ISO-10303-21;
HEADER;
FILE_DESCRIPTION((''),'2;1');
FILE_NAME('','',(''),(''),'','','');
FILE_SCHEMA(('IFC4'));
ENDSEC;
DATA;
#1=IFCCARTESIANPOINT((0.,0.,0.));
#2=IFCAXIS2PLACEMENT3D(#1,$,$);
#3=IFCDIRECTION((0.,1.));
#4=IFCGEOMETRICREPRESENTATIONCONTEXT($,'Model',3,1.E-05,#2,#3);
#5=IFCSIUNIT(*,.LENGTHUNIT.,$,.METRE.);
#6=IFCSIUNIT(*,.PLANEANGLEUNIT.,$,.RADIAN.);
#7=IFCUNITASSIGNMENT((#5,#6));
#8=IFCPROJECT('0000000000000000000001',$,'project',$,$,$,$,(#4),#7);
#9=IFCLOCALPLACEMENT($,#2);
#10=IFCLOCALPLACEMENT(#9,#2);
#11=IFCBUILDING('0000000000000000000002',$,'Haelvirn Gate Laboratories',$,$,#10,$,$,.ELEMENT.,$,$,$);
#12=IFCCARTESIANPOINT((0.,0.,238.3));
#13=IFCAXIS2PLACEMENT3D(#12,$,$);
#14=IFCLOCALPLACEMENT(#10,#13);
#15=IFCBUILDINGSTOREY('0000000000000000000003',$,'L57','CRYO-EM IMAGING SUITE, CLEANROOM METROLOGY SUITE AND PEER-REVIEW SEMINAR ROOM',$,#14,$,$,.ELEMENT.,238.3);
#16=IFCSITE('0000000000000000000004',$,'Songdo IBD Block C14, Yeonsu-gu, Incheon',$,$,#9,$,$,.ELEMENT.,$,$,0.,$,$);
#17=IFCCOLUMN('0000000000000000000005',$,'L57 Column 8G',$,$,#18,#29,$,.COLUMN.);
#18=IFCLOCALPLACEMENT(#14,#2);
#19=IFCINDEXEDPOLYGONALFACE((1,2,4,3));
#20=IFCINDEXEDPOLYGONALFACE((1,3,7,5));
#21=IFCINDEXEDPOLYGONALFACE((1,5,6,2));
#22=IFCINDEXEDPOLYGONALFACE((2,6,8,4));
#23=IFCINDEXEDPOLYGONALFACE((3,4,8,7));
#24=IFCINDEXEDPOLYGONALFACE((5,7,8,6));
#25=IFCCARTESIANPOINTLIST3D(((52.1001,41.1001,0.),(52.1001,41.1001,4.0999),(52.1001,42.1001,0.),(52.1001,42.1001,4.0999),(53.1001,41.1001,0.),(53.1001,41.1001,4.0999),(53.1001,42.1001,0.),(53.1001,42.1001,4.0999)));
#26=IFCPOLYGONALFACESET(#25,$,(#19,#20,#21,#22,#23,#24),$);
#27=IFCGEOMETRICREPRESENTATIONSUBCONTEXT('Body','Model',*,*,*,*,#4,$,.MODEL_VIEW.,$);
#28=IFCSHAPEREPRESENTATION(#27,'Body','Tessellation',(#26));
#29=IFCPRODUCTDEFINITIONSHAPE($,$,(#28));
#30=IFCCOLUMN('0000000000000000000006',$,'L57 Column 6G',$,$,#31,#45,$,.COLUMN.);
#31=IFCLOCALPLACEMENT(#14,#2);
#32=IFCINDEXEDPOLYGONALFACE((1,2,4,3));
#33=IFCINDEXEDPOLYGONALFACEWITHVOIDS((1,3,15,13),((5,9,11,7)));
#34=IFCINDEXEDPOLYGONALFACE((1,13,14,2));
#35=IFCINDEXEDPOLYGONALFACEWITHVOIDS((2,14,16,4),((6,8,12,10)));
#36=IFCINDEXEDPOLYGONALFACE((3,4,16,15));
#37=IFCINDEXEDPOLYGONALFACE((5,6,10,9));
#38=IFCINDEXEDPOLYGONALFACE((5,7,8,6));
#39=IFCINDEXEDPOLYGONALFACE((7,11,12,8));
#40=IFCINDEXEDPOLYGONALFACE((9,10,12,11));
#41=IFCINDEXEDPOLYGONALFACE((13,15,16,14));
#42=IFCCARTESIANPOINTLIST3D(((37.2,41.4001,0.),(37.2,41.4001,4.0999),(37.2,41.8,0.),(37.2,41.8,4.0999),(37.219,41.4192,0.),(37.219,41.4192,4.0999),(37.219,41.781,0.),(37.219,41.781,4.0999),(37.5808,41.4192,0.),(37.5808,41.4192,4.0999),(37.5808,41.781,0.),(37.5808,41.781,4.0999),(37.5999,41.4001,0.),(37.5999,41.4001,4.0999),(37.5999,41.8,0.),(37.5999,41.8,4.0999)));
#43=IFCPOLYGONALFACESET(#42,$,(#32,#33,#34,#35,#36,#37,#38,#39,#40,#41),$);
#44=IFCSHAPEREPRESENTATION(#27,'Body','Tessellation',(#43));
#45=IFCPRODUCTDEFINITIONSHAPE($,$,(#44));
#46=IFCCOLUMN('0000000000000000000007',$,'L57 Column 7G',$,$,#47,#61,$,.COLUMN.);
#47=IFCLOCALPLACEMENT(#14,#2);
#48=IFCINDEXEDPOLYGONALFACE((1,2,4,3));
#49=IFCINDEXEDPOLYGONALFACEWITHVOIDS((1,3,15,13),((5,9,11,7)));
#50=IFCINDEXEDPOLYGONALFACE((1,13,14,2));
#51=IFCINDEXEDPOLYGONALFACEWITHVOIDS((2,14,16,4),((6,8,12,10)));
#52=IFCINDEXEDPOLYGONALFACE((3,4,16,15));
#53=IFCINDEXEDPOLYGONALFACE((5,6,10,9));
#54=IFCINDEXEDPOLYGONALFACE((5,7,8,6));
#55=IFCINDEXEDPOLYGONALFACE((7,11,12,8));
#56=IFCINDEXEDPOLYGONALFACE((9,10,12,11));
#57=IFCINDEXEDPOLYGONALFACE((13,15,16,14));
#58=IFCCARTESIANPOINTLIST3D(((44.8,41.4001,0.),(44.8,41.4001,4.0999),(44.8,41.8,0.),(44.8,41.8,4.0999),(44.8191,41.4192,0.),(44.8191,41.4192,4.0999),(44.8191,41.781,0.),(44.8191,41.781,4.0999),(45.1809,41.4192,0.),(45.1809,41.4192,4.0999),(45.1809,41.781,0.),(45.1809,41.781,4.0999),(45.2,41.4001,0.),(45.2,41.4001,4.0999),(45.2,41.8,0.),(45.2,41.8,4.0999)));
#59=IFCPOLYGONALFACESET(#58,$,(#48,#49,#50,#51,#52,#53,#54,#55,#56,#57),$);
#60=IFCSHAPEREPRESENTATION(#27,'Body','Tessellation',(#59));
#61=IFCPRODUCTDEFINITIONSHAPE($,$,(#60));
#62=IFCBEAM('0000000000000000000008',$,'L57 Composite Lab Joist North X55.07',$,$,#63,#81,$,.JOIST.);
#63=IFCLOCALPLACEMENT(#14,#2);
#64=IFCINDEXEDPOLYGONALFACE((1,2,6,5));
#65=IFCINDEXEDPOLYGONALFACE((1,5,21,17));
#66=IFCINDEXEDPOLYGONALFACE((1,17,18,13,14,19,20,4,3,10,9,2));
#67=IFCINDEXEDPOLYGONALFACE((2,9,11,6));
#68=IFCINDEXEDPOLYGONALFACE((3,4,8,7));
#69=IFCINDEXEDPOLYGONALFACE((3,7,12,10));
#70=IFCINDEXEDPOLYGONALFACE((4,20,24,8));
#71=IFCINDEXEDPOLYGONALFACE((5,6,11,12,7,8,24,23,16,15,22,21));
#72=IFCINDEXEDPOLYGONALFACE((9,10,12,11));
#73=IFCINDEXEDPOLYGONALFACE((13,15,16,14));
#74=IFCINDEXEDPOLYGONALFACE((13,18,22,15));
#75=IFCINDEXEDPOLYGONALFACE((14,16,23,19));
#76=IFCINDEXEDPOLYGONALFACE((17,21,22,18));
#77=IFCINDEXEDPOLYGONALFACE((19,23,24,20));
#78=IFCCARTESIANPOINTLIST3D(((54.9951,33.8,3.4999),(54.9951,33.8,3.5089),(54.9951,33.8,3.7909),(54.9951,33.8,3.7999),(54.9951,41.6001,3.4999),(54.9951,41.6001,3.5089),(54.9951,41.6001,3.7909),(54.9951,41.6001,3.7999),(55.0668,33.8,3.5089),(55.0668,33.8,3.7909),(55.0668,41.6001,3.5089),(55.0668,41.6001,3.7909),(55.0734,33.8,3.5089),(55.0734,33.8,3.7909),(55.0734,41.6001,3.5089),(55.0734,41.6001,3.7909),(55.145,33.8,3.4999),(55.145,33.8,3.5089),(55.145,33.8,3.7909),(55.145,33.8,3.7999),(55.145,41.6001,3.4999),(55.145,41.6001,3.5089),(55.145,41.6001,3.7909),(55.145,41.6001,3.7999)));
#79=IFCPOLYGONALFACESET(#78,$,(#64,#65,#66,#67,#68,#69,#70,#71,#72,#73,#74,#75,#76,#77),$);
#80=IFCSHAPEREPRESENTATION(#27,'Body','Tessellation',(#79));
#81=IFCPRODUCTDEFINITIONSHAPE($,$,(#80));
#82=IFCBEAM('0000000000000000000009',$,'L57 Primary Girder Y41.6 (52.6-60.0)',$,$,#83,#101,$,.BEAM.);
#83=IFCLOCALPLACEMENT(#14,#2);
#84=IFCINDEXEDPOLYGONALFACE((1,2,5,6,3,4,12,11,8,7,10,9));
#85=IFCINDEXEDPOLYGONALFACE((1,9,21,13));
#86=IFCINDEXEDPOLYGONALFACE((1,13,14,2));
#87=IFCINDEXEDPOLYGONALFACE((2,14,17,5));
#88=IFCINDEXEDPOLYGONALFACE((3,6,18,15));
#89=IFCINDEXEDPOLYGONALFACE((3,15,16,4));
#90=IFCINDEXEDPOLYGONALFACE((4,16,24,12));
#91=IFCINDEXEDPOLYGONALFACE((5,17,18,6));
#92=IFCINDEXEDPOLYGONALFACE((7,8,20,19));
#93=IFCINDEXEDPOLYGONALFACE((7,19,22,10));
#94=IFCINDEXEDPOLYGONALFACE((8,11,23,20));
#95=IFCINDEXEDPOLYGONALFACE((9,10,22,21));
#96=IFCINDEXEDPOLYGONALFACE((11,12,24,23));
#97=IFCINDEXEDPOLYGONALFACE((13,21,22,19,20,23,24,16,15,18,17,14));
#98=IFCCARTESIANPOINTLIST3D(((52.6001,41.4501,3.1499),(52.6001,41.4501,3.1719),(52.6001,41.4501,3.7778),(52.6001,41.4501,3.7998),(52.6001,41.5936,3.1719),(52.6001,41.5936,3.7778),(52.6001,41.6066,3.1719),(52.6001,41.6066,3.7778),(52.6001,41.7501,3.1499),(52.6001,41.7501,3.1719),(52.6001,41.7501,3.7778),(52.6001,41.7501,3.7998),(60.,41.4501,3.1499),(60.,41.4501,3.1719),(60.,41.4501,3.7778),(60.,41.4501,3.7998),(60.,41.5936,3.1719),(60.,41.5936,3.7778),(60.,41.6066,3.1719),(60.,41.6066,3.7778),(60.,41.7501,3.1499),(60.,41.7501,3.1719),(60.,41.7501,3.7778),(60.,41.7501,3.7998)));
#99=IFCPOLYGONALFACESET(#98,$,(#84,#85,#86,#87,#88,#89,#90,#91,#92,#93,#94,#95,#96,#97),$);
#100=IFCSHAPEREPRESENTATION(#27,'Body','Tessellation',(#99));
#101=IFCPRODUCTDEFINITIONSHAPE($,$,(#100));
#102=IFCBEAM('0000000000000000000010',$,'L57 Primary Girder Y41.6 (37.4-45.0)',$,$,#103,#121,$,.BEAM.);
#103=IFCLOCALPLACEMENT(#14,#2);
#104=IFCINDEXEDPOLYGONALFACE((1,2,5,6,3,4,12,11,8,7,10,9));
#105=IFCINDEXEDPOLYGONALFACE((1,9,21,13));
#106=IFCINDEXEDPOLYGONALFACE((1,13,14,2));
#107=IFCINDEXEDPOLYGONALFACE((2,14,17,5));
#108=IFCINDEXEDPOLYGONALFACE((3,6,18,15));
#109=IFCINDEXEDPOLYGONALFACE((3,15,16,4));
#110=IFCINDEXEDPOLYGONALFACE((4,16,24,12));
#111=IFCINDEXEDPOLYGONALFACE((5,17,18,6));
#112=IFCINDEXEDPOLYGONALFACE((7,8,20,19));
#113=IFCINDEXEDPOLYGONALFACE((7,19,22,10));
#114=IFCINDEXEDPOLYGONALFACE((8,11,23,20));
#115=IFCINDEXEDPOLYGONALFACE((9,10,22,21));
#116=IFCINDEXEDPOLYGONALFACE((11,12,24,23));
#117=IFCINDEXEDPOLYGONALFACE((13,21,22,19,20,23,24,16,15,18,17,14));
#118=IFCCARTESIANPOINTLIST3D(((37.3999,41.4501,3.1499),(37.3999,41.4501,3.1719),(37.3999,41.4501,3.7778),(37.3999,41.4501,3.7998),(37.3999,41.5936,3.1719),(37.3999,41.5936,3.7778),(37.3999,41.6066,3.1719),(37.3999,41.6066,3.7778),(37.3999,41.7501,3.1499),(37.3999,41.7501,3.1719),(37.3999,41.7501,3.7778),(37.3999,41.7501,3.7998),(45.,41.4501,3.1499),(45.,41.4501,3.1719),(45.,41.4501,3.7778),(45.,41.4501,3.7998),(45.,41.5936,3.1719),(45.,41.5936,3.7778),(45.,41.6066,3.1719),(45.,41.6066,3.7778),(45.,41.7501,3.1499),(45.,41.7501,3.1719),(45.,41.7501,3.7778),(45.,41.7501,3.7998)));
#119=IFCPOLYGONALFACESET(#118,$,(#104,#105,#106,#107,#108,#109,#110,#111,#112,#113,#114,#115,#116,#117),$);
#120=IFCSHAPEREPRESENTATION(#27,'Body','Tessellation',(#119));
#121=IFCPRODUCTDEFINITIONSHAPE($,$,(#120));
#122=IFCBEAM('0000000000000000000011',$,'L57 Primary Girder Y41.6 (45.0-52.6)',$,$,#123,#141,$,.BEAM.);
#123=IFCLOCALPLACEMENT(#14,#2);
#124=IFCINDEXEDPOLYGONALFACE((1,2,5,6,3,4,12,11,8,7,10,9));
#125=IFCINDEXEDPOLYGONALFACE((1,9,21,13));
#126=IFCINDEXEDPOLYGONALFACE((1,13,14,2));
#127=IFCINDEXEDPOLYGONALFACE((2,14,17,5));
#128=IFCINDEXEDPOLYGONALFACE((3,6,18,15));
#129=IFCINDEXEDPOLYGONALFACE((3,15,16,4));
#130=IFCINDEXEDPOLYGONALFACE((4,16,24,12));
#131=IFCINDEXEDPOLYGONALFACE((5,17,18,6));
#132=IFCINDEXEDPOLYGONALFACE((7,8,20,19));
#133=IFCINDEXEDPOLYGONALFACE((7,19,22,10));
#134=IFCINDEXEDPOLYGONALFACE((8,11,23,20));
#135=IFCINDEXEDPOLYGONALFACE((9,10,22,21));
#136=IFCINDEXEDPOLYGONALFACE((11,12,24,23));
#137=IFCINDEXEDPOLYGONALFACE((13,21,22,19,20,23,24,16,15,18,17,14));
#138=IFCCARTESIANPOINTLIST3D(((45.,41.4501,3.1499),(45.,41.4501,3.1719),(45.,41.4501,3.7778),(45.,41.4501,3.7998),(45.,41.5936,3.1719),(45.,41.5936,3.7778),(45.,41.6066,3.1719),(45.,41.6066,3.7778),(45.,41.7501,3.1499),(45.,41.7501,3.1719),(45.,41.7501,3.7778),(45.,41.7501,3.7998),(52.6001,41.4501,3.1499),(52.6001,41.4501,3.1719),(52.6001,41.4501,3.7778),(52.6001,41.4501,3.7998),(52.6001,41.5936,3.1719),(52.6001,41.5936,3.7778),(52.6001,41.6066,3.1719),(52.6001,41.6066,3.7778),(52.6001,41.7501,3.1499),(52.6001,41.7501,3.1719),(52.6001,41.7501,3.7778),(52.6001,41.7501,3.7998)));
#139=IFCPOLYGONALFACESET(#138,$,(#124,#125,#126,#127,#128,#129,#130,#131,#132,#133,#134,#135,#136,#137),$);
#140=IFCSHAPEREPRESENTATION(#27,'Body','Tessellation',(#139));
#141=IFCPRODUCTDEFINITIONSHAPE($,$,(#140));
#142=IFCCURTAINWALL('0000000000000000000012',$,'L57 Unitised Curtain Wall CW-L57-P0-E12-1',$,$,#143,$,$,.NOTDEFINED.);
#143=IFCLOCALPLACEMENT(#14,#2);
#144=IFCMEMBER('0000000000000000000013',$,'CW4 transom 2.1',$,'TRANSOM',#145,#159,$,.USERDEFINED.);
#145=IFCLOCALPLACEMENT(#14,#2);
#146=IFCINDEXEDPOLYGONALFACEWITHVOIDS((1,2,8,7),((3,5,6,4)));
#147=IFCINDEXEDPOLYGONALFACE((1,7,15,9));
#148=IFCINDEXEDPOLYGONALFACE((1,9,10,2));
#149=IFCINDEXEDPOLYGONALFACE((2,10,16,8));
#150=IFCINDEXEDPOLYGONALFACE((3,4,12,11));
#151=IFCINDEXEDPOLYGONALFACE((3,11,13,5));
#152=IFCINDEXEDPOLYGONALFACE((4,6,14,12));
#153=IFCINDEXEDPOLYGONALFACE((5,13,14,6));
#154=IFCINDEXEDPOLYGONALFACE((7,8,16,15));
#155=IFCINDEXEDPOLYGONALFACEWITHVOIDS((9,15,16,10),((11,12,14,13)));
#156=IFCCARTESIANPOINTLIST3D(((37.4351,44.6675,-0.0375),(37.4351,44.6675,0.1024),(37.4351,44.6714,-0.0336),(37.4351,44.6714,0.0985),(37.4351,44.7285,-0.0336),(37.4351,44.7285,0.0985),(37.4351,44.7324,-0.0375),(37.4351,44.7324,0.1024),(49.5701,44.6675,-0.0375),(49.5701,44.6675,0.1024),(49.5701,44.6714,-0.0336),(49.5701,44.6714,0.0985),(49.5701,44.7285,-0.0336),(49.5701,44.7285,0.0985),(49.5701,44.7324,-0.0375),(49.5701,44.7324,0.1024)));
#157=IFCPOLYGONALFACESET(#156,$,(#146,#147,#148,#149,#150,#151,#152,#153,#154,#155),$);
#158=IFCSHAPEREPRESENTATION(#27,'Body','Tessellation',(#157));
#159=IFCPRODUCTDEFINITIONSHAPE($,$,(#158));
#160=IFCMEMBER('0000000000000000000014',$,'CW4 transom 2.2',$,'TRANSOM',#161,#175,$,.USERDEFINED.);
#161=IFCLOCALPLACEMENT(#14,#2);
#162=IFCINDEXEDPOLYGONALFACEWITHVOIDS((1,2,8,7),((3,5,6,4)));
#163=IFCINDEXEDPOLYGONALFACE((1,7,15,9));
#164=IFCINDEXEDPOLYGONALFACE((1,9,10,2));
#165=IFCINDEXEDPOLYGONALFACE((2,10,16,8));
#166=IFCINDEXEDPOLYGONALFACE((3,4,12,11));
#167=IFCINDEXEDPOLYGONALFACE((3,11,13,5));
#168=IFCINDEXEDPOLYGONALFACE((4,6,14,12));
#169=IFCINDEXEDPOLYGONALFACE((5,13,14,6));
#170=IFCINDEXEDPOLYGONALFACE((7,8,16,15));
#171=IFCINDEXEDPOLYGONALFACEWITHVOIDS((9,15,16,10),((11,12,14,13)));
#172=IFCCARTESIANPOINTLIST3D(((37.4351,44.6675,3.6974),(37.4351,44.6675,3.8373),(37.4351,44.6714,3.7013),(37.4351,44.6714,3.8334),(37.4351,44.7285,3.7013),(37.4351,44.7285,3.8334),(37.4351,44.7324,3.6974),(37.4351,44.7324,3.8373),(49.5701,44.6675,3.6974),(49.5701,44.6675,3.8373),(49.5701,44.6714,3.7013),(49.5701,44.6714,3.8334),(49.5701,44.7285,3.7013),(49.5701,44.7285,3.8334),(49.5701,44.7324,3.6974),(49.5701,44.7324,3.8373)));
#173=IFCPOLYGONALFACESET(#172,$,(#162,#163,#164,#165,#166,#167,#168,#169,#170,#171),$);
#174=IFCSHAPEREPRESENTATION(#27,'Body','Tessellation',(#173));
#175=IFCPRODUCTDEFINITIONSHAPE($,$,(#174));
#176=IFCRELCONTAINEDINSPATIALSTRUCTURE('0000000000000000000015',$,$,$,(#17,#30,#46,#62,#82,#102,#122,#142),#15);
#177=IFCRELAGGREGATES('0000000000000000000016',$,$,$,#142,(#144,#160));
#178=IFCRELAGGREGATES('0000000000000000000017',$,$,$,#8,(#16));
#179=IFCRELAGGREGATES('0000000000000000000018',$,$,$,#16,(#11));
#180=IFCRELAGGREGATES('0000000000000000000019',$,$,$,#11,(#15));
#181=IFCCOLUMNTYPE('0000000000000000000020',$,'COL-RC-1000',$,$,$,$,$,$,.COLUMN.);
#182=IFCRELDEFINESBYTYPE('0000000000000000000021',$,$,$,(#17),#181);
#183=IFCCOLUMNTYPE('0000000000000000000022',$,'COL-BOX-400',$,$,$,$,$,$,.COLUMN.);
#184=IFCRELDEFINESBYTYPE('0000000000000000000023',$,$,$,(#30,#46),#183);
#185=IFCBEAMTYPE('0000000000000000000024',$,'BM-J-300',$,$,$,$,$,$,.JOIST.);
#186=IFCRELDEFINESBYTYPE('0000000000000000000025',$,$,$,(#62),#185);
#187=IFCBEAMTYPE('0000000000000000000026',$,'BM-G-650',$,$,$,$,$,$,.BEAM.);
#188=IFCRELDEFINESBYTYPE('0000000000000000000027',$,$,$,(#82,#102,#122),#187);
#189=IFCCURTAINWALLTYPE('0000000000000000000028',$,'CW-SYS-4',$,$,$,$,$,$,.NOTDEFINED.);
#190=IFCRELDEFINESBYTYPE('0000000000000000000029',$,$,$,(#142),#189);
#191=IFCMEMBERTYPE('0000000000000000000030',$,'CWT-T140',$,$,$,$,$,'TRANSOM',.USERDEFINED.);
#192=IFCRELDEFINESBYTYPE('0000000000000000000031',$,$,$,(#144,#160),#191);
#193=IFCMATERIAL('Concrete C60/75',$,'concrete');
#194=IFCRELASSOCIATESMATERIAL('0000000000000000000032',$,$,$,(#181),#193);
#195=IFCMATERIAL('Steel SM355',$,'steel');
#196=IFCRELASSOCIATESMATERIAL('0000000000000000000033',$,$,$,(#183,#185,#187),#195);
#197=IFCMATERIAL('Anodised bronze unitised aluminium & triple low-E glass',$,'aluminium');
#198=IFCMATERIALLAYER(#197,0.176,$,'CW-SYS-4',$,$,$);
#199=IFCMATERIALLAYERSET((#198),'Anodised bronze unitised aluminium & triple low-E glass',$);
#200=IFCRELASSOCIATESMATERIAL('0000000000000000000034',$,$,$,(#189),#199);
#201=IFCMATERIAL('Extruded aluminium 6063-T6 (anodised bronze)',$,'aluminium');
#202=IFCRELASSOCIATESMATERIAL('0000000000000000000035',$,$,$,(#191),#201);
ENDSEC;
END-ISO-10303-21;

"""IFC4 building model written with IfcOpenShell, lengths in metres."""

from ifc_helpers import new_model, si_unit, direction, frame, origin, origin_2d, place, context, subcontext, project, spatial, rectangle, hollow_rectangle, i_section, extrude, source, transform, mapped, material, layer, layer_set, material_profile, profile_set, type_object, type_shapes, element, aggregate, save


model = new_model("IFC4")

# Units and contexts
model_context = context("Model", 3, precision=1e-05, world=origin(), true_north=direction((0.0, 1.0)))
body_context = subcontext(model_context, "Body", "Model", "MODEL_VIEW")
ifc_project = project(units=[si_unit("LENGTHUNIT", "METRE"), si_unit("PLANEANGLEUNIT", "RADIAN")], contexts=[model_context])

# Site, building, storey
site_placement = place(None, origin())
site = spatial("IfcSite", under=ifc_project, at=site_placement, Name="Songdo IBD Block C14, Yeonsu-gu, Incheon", CompositionType="ELEMENT", RefElevation=0.0)
building_placement = place(site_placement, origin())
building = spatial("IfcBuilding", under=site, at=building_placement, Name="Haelvirn Gate Laboratories", CompositionType="ELEMENT")
storey_placement = place(building_placement, frame((0.0, 0.0, 238.3)))
storey = spatial("IfcBuildingStorey", under=building, at=storey_placement, Name="L57", Description="CRYO-EM IMAGING SUITE, CLEANROOM METROLOGY SUITE AND PEER-REVIEW SEMINAR ROOM", CompositionType="ELEMENT", Elevation=238.3)

# Columns
ifc_material_1 = material(Name="Concrete C60/75", Category="concrete")
ifc_material_profile_1 = material_profile(ifc_material_1, rectangle(XDim=1.0, YDim=1.0, at=origin_2d()), Name="RC-1000x1000")
ifc_profile_set_1 = profile_set([ifc_material_profile_1], Name="Concrete C60/75")
column_type_1 = type_object("IfcColumnType", Name="COL-RC-1000", PredefinedType="COLUMN", material=ifc_profile_set_1)
shared_shape_1 = source(origin(), body_context, "Body", "SweptSolid", [
    extrude(rectangle(XDim=1.0, YDim=1.0, at=origin_2d()), origin(), (0.0, 0.0, 1.0), 4.0999),
])
type_shapes(column_type_1, [shared_shape_1])
column_placement = place(storey_placement, frame((52.6001, 41.6001, 0.0), z_axis=(0.0, 0.0, 1.0), x_axis=(1.0, 0.0, 0.0)))
element("IfcColumn", 1, at=column_placement, inside=storey, type_object=column_type_1, Name="L57 Column 8G", PredefinedType="COLUMN", context=body_context, shape_type="MappedRepresentation", body=[
    mapped(shared_shape_1, transform((0.0, 0.0, 0.0), scale=1.0)),
])
ifc_material_2 = material(Name="Steel SM355", Category="steel")
ifc_material_profile_2 = material_profile(ifc_material_2, hollow_rectangle(XDim=0.3999, YDim=0.3999, WallThickness=0.019, at=origin_2d()), Name="BOX-400x400x19")
ifc_profile_set_2 = profile_set([ifc_material_profile_2], Name="Steel SM355")
column_type_2 = type_object("IfcColumnType", Name="COL-BOX-400", PredefinedType="COLUMN", material=ifc_profile_set_2)
shared_shape_2 = source(origin(), body_context, "Body", "SweptSolid", [
    extrude(hollow_rectangle(XDim=0.3999, YDim=0.3999, WallThickness=0.019, at=origin_2d()), origin(), (0.0, 0.0, 1.0), 4.0999),
])
type_shapes(column_type_2, [shared_shape_2])
for number, where, z_axis, x_axis, name in (
    (2, (37.3999, 41.6001, 0.0), (0.0, 0.0, 1.0), (1.0, 0.0, 0.0), "L57 Column 6G"),
    (3, (45.0, 41.6001, 0.0), (0.0, 0.0, 1.0), (1.0, 0.0, 0.0), "L57 Column 7G"),
):
    element("IfcColumn", number, at=place(storey_placement, frame(where, z_axis=z_axis, x_axis=x_axis)), inside=storey, type_object=column_type_2, Name=name, PredefinedType="COLUMN", context=body_context, shape_type="MappedRepresentation", body=[
        mapped(shared_shape_2, transform((0.0, 0.0, 0.0), scale=1.0)),
    ])

# Beams
ifc_material_profile_3 = material_profile(ifc_material_2, i_section(OverallWidth=0.1499, OverallDepth=0.3, WebThickness=0.0066, FlangeThickness=0.009, at=origin_2d()), Name="H-300x150x6.5x9")
ifc_profile_set_3 = profile_set([ifc_material_profile_3], Name="Steel SM355")
beam_type_1 = type_object("IfcBeamType", Name="BM-J-300", PredefinedType="JOIST", material=ifc_profile_set_3)
shared_shape_3 = source(origin(), body_context, "Body", "SweptSolid", [
    extrude(i_section(OverallWidth=0.1499, OverallDepth=0.3, WebThickness=0.0066, FlangeThickness=0.009, at=origin_2d()), origin(), (0.0, 0.0, 1.0), 7.8),
])
type_shapes(beam_type_1, [shared_shape_3])
beam_1_placement = place(storey_placement, frame((55.0701, 33.8, 3.6499), z_axis=(0.0, 1.0, 0.0), x_axis=(-1.0, 0.0, 0.0)))
element("IfcBeam", 4, at=beam_1_placement, inside=storey, type_object=beam_type_1, Name="L57 Composite Lab Joist North X55.07", PredefinedType="JOIST", context=body_context, shape_type="MappedRepresentation", body=[
    mapped(shared_shape_3, transform((0.0, 0.0, 0.0), scale=1.0)),
])
ifc_material_profile_4 = material_profile(ifc_material_2, i_section(OverallWidth=0.3, OverallDepth=0.6499, WebThickness=0.0129, FlangeThickness=0.022, at=origin_2d()), Name="H-650x300x13x22")
ifc_profile_set_4 = profile_set([ifc_material_profile_4], Name="Steel SM355")
beam_type_2 = type_object("IfcBeamType", Name="BM-G-650", PredefinedType="BEAM", material=ifc_profile_set_4)
shared_shape_4 = source(origin(), body_context, "Body", "SweptSolid", [
    extrude(i_section(OverallWidth=0.3, OverallDepth=0.6499, WebThickness=0.0129, FlangeThickness=0.022, at=origin_2d()), origin(), (0.0, 0.0, 1.0), 7.3999),
])
beam_2_placement = place(storey_placement, frame((52.6001, 41.6001, 3.4749), z_axis=(1.0, 0.0, 0.0), x_axis=(0.0, 1.0, 0.0)))
element("IfcBeam", 5, at=beam_2_placement, inside=storey, type_object=beam_type_2, Name="L57 Primary Girder Y41.6 (52.6-60.0)", PredefinedType="BEAM", context=body_context, shape_type="MappedRepresentation", body=[
    mapped(shared_shape_4, transform((0.0, 0.0, 0.0), scale=1.0)),
])
shared_shape_5 = source(origin(), body_context, "Body", "SweptSolid", [
    extrude(i_section(OverallWidth=0.3, OverallDepth=0.6499, WebThickness=0.0129, FlangeThickness=0.022, at=origin_2d()), origin(), (0.0, 0.0, 1.0), 7.6001),
])
type_shapes(beam_type_2, [shared_shape_4, shared_shape_5])
for number, where, z_axis, x_axis, name in (
    (6, (37.3999, 41.6001, 3.4749), (1.0, 0.0, 0.0), (0.0, 1.0, 0.0), "L57 Primary Girder Y41.6 (37.4-45.0)"),
    (7, (45.0, 41.6001, 3.4749), (1.0, 0.0, 0.0), (0.0, 1.0, 0.0), "L57 Primary Girder Y41.6 (45.0-52.6)"),
):
    element("IfcBeam", number, at=place(storey_placement, frame(where, z_axis=z_axis, x_axis=x_axis)), inside=storey, type_object=beam_type_2, Name=name, PredefinedType="BEAM", context=body_context, shape_type="MappedRepresentation", body=[
        mapped(shared_shape_5, transform((0.0, 0.0, 0.0), scale=1.0)),
    ])

# Curtain wall, members
ifc_material_3 = material(Name="Anodised bronze unitised aluminium & triple low-E glass", Category="aluminium")
ifc_layer_1 = layer(ifc_material_3, 0.176, Name="CW-SYS-4")
ifc_layer_set_1 = layer_set([ifc_layer_1], Name="Anodised bronze unitised aluminium & triple low-E glass")
curtain_wall_type = type_object("IfcCurtainWallType", Name="CW-SYS-4", PredefinedType="NOTDEFINED", material=ifc_layer_set_1)
curtain_wall_1_placement = place(storey_placement, origin())
curtain_wall_1 = element("IfcCurtainWall", 8, at=curtain_wall_1_placement, inside=storey, type_object=curtain_wall_type, Name="L57 Unitised Curtain Wall CW-L57-P0-E12-1", PredefinedType="NOTDEFINED")
ifc_material_4 = material(Name="Extruded aluminium 6063-T6 (anodised bronze)", Category="aluminium")
ifc_material_profile_5 = material_profile(ifc_material_4, hollow_rectangle(XDim=0.0649, YDim=0.1399, WallThickness=0.0039, at=origin_2d()), Name="CWT-140x65x4")
ifc_profile_set_5 = profile_set([ifc_material_profile_5], Name="Extruded aluminium 6063-T6 (anodised bronze)")
member_type_1 = type_object("IfcMemberType", Name="CWT-T140", ElementType="TRANSOM", PredefinedType="USERDEFINED", material=ifc_profile_set_5)
shared_shape_6 = source(origin(), body_context, "Body", "SweptSolid", [
    extrude(hollow_rectangle(XDim=0.0649, YDim=0.1399, WallThickness=0.0039, at=origin_2d()), origin(), (0.0, 0.0, 1.0), 12.135),
])
member_1_placement = place(storey_placement, frame((37.4351, 44.7, 0.0325), z_axis=(1.0, 0.0, 0.0), x_axis=(0.0, 1.0, 0.0)))
member_1 = element("IfcMember", 9, at=member_1_placement, type_object=member_type_1, Name="CW4 transom 2.1", ObjectType="TRANSOM", PredefinedType="USERDEFINED", context=body_context, shape_type="MappedRepresentation", body=[
    mapped(shared_shape_6, transform((0.0, 0.0, 0.0), scale=1.0)),
])
member_2_placement = place(storey_placement, frame((37.4351, 44.7, 3.7673), z_axis=(1.0, 0.0, 0.0), x_axis=(0.0, 1.0, 0.0)))
member_2 = element("IfcMember", 10, at=member_2_placement, type_object=member_type_1, Name="CW4 transom 2.2", ObjectType="TRANSOM", PredefinedType="USERDEFINED", context=body_context, shape_type="MappedRepresentation", body=[
    mapped(shared_shape_6, transform((0.0, 0.0, 0.0), scale=1.0)),
])

aggregate(curtain_wall_1, [member_1, member_2])

save(model, "model.ifc")
